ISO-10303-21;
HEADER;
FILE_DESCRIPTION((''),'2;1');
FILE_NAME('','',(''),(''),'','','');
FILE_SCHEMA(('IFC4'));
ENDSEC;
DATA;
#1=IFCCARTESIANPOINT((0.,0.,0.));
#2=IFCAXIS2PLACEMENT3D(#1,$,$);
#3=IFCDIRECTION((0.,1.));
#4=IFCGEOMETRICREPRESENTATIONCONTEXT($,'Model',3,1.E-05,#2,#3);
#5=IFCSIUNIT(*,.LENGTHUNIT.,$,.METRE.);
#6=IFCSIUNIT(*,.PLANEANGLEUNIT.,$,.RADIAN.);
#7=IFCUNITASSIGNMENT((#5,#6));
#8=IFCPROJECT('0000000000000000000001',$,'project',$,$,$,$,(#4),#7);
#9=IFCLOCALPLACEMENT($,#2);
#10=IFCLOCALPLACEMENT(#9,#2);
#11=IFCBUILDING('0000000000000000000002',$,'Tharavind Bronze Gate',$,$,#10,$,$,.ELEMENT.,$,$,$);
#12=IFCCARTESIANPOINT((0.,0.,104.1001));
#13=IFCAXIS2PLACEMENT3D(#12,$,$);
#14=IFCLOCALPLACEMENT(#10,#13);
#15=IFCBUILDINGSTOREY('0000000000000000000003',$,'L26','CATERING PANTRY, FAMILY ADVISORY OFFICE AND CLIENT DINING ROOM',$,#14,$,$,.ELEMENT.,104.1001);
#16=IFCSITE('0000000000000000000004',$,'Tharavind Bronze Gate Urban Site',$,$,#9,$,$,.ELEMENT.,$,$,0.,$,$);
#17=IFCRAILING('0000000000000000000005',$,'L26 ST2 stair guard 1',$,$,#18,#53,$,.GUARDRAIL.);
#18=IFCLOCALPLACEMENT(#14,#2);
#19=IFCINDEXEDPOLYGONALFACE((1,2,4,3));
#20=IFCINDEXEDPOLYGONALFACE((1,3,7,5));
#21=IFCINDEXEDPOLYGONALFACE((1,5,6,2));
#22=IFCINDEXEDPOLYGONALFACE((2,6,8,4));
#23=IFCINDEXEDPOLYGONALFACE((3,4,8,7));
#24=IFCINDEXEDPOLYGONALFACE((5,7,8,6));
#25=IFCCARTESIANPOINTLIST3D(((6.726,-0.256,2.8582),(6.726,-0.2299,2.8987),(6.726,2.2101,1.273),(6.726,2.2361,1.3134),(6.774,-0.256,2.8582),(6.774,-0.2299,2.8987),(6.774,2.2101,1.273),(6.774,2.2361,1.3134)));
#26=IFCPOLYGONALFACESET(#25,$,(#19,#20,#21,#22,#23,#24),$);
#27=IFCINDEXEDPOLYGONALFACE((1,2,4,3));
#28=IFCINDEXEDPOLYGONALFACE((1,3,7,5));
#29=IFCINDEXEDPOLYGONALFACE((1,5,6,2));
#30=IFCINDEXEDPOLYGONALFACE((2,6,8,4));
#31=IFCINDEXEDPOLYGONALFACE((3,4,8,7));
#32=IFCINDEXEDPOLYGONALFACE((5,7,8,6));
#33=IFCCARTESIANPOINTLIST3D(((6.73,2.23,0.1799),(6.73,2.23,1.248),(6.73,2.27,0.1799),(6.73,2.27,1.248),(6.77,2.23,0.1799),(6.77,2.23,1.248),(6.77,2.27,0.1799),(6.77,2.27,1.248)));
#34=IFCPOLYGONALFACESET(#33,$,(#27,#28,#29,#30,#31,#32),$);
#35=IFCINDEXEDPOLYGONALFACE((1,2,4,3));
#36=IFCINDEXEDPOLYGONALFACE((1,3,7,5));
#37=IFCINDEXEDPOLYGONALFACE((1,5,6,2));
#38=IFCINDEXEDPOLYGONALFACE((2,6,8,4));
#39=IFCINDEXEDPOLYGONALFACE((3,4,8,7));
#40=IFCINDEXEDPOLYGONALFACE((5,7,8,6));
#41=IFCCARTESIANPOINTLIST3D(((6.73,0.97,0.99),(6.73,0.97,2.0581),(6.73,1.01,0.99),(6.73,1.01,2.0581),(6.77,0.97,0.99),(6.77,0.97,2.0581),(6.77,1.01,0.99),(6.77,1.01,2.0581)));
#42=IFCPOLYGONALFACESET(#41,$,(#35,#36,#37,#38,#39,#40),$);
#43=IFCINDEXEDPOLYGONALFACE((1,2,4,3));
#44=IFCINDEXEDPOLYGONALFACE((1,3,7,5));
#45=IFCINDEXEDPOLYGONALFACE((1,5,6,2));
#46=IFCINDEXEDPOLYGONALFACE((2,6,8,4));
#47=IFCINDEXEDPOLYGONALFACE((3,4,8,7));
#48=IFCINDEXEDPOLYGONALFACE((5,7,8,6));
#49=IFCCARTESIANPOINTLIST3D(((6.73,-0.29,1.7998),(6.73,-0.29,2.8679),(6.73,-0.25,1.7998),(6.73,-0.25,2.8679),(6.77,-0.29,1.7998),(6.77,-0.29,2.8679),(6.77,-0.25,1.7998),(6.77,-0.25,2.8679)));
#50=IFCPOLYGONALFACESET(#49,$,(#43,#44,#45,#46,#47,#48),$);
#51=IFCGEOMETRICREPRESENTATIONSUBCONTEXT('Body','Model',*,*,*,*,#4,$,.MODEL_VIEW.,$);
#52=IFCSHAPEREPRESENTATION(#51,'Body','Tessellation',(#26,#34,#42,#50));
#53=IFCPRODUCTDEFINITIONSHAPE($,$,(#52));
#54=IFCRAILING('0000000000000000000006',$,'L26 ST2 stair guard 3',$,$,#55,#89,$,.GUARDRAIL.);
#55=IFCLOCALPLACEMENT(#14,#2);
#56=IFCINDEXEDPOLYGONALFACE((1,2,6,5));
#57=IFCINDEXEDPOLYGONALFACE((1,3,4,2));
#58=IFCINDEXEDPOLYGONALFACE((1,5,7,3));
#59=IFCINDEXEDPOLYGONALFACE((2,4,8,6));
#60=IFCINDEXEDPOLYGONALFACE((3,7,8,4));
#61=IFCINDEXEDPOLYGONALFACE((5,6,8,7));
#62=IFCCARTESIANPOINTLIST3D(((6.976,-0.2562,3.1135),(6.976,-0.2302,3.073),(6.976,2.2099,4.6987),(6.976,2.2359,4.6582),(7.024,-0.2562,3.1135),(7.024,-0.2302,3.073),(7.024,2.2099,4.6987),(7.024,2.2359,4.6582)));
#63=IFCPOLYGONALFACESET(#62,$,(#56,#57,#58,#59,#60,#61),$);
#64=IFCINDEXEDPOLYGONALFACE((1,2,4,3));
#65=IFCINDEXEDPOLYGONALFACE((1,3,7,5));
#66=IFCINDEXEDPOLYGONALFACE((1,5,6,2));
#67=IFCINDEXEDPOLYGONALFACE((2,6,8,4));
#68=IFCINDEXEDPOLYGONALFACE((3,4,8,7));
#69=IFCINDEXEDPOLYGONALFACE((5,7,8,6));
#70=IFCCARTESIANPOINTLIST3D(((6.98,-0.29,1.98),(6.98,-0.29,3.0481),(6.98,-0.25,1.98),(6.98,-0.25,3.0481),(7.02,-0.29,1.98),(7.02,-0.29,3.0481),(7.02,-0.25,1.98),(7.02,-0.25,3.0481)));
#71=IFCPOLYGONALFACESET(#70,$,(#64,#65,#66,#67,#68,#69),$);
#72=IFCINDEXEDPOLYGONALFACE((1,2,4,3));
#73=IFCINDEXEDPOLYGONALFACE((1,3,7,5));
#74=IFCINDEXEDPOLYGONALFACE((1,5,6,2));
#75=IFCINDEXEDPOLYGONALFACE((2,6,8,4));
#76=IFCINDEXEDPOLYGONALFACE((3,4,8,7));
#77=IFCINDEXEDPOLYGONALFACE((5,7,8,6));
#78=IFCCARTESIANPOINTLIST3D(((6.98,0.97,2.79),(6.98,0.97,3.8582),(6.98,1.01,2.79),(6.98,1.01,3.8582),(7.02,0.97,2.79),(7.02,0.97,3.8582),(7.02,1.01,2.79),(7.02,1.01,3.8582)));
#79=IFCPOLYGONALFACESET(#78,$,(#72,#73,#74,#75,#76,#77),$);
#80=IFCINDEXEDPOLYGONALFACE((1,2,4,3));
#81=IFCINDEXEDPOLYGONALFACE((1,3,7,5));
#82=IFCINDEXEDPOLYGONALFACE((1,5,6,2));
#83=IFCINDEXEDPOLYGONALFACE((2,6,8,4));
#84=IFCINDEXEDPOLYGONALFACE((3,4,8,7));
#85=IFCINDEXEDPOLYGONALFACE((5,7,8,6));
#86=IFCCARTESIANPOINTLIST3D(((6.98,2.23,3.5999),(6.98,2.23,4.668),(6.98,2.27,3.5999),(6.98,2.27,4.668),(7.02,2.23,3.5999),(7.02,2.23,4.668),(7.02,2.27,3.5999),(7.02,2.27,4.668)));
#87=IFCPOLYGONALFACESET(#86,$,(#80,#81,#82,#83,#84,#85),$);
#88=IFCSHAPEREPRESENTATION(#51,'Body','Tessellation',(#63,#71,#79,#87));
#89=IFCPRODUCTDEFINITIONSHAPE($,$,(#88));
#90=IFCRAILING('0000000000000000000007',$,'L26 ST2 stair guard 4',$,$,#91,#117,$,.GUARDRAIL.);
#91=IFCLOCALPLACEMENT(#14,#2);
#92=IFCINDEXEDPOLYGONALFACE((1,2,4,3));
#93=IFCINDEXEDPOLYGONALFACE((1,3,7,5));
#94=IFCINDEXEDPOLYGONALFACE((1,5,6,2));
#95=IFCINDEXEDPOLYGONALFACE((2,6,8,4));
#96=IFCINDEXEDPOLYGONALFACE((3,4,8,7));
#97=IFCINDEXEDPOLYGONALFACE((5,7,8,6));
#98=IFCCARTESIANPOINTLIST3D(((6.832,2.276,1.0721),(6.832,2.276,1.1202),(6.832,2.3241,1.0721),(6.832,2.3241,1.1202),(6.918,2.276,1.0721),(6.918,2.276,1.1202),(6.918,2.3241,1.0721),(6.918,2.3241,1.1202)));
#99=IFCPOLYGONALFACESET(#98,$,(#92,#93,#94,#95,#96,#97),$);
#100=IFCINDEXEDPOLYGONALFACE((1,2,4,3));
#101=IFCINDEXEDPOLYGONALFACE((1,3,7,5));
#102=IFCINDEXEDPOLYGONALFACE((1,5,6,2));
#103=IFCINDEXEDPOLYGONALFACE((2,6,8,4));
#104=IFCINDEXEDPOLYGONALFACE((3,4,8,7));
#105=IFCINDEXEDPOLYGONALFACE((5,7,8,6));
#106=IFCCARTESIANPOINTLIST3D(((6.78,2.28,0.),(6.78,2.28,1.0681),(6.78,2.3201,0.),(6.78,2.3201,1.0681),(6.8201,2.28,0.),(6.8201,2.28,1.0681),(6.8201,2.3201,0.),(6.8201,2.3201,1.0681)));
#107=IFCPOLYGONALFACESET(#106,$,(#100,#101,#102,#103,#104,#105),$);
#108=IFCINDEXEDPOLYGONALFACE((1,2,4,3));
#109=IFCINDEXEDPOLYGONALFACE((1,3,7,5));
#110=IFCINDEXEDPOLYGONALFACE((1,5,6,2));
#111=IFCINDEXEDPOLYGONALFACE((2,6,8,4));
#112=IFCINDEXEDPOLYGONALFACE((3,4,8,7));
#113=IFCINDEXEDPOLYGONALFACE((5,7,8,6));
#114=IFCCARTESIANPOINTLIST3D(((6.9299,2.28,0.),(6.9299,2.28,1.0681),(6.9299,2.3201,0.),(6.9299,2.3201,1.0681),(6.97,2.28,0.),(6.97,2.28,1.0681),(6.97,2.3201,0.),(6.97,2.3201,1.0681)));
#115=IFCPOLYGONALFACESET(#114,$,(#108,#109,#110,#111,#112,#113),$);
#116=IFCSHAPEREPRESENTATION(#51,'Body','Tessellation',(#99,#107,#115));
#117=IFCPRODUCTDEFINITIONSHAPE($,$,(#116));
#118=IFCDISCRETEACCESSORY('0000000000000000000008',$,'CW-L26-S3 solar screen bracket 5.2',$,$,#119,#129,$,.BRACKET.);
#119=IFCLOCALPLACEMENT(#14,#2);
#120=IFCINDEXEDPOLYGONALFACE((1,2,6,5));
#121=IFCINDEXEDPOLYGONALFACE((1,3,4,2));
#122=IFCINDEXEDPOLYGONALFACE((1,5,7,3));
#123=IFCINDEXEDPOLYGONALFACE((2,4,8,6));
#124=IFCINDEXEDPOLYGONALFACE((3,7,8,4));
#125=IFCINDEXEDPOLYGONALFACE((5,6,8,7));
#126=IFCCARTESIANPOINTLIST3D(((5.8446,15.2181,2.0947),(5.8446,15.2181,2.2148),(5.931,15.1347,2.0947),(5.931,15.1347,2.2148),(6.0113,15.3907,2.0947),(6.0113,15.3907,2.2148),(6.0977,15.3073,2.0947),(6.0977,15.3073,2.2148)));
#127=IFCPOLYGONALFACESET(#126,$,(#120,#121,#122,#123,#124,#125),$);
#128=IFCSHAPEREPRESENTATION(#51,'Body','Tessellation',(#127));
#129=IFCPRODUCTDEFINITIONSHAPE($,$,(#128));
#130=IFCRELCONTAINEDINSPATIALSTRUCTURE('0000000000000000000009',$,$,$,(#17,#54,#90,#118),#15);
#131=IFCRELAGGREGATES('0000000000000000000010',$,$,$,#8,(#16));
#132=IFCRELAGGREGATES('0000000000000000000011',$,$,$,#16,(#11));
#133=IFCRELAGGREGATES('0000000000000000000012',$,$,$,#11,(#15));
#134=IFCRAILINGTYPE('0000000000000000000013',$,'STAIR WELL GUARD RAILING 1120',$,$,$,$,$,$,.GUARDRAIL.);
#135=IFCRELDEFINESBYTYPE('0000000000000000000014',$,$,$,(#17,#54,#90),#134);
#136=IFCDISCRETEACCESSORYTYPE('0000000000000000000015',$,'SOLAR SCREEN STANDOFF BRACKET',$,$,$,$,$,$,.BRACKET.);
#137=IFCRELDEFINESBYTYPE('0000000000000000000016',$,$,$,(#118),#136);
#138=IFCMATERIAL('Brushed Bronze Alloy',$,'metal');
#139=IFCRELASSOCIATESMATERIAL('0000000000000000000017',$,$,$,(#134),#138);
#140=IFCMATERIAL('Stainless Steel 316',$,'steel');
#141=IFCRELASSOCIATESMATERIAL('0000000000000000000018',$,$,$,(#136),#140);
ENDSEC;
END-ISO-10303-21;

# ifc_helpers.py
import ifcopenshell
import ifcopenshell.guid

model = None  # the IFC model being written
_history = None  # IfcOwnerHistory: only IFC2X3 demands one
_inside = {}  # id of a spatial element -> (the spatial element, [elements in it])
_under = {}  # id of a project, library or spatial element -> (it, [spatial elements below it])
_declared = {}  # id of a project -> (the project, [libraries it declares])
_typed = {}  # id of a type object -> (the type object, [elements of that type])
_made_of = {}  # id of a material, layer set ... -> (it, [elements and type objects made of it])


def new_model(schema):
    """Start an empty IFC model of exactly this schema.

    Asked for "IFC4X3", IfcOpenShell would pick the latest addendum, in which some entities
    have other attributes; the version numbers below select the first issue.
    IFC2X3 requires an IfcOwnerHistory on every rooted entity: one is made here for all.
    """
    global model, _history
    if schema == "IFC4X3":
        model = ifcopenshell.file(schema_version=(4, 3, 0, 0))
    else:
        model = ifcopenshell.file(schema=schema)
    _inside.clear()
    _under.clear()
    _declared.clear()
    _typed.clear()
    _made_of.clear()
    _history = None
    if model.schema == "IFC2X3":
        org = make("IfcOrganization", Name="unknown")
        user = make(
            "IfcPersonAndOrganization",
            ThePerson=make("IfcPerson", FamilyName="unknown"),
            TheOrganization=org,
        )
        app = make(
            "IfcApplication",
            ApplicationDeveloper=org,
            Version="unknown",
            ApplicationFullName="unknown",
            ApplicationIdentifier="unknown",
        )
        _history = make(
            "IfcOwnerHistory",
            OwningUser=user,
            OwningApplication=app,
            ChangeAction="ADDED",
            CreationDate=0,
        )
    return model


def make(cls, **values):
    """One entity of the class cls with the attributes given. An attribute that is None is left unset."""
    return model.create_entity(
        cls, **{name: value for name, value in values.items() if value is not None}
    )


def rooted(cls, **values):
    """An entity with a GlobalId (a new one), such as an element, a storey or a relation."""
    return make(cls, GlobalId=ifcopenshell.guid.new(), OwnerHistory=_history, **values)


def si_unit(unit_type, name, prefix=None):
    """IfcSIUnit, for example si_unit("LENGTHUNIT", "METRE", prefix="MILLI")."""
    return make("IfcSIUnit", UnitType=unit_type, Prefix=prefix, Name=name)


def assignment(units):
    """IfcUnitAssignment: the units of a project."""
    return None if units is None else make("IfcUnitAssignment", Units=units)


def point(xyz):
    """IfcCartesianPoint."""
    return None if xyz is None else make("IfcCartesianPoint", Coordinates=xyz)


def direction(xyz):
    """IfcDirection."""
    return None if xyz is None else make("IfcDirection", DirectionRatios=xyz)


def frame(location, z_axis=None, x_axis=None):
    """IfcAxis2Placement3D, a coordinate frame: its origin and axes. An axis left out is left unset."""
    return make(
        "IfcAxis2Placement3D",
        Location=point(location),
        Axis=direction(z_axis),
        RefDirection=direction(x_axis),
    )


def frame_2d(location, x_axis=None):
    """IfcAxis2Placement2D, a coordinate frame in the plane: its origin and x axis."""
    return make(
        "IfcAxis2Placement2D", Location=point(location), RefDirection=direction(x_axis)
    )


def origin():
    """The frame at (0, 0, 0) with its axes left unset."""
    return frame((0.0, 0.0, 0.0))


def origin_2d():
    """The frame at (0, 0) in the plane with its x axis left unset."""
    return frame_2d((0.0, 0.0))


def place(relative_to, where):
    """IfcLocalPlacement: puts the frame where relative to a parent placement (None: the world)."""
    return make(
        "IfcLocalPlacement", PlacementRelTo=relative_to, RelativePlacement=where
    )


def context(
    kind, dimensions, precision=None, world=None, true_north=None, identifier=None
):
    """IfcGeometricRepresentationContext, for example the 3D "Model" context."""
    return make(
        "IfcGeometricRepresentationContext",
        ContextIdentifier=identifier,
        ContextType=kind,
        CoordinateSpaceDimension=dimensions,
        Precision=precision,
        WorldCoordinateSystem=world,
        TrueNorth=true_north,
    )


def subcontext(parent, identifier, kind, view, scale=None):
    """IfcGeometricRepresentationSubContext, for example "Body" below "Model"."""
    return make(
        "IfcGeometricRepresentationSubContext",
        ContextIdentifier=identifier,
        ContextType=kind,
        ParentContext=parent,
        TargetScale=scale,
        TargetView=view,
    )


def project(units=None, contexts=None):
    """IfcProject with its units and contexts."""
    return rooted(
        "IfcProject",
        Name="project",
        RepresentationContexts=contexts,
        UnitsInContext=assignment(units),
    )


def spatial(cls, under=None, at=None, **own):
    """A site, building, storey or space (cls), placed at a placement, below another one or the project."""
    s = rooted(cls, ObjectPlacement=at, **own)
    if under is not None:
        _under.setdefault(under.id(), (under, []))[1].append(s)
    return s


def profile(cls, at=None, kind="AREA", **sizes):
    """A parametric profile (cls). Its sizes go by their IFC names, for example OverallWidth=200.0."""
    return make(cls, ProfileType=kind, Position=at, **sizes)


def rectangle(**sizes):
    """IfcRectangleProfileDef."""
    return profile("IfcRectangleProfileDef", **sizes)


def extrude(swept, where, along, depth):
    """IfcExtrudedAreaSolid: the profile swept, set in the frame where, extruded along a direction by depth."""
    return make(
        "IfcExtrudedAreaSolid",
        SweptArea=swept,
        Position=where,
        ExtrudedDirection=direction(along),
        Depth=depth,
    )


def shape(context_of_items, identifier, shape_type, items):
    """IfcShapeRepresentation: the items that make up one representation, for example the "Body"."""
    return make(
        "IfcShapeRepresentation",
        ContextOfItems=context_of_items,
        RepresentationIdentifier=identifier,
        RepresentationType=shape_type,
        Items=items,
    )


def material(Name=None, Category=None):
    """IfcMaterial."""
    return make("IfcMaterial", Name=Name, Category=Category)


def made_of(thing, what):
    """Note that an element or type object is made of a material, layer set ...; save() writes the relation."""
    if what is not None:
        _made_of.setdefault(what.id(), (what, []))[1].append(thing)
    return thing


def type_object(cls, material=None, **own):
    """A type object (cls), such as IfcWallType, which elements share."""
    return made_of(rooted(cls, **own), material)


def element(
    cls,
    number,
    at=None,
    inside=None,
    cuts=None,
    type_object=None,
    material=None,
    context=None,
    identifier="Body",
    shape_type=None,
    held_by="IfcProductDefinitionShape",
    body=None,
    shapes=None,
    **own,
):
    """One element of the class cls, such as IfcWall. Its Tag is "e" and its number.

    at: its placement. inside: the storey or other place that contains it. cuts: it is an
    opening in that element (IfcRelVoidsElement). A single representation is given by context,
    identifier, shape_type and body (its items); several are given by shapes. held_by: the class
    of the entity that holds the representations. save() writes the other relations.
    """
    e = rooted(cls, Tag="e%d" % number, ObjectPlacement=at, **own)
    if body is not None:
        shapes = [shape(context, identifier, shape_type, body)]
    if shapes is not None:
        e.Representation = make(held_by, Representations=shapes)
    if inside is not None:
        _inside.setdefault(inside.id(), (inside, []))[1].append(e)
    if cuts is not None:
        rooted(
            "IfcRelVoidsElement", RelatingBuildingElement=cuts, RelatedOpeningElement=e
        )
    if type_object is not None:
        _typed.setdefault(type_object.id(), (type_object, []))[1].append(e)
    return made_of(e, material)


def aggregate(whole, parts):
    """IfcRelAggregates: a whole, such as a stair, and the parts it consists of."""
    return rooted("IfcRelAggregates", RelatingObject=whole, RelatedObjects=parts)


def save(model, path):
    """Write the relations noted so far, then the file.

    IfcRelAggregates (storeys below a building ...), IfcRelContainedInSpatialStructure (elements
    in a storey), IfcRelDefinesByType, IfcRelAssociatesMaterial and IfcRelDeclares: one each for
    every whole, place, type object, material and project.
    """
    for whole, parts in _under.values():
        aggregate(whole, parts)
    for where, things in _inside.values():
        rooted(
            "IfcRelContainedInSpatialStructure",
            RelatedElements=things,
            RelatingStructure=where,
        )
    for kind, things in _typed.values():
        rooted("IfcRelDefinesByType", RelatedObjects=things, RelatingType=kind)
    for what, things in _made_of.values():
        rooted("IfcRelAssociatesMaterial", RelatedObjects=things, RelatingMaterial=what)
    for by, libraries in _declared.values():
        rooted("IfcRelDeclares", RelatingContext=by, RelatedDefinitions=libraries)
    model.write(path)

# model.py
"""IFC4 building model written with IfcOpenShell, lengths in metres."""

from ifc_helpers import new_model, si_unit, direction, frame, origin, origin_2d, place, context, subcontext, project, spatial, rectangle, extrude, material, type_object, element, save


model = new_model("IFC4")

# Units and contexts
model_context = context("Model", 3, precision=1e-05, world=origin(), true_north=direction((0.0, 1.0)))
body_context = subcontext(model_context, "Body", "Model", "MODEL_VIEW")
ifc_project = project(units=[si_unit("LENGTHUNIT", "METRE"), si_unit("PLANEANGLEUNIT", "RADIAN")], contexts=[model_context])

# Site, building, storey
site_placement = place(None, origin())
site = spatial("IfcSite", under=ifc_project, at=site_placement, Name="Tharavind Bronze Gate Urban Site", CompositionType="ELEMENT", RefElevation=0.0)
building_placement = place(site_placement, origin())
building = spatial("IfcBuilding", under=site, at=building_placement, Name="Tharavind Bronze Gate", CompositionType="ELEMENT")
storey_placement = place(building_placement, frame((0.0, 0.0, 104.1001)))
storey = spatial("IfcBuildingStorey", under=building, at=storey_placement, Name="L26", Description="CATERING PANTRY, FAMILY ADVISORY OFFICE AND CLIENT DINING ROOM", CompositionType="ELEMENT", Elevation=104.1001)

# Railings
ifc_material_1 = material(Name="Brushed Bronze Alloy", Category="metal")
railing_type_1 = type_object("IfcRailingType", Name="STAIR WELL GUARD RAILING 1120", PredefinedType="GUARDRAIL", material=ifc_material_1)
railing_1_placement = place(storey_placement, frame((6.75, 2.25, 0.1799)))
element("IfcRailing", 1, at=railing_1_placement, inside=storey, type_object=railing_type_1, Name="L26 ST2 stair guard 1", PredefinedType="GUARDRAIL", context=body_context, shape_type="SweptSolid", body=[
    extrude(rectangle(XDim=0.0481, YDim=0.0481, at=origin_2d()), frame((0.0, -0.0269, 1.1133), z_axis=(0.0, -0.8412, 0.540725), x_axis=(1.0, 0.0, 0.0)), (0.0, 0.0, 1.0), 2.9316),
    extrude(rectangle(XDim=0.04, YDim=0.04, at=origin_2d()), origin(), (0.0, 0.0, 1.0), 1.0681),
    extrude(rectangle(XDim=0.04, YDim=0.04, at=origin_2d()), frame((0.0, -1.26, 0.8101)), (0.0, 0.0, 1.0), 1.0681),
    extrude(rectangle(XDim=0.04, YDim=0.04, at=origin_2d()), frame((0.0, -2.52, 1.6199)), (0.0, 0.0, 1.0), 1.0681),
])
railing_2_placement = place(storey_placement, frame((7.0, -0.27, 1.98)))
element("IfcRailing", 2, at=railing_2_placement, inside=storey, type_object=railing_type_1, Name="L26 ST2 stair guard 3", PredefinedType="GUARDRAIL", context=body_context, shape_type="SweptSolid", body=[
    extrude(rectangle(XDim=0.0481, YDim=0.0481, at=origin_2d()), frame((0.0, 0.0269, 1.1133), z_axis=(0.0, 0.8412, 0.540725), x_axis=(-1.0, 0.0, 0.0)), (0.0, 0.0, 1.0), 2.9316),
    extrude(rectangle(XDim=0.04, YDim=0.04, at=origin_2d()), origin(), (0.0, 0.0, 1.0), 1.0681),
    extrude(rectangle(XDim=0.04, YDim=0.04, at=origin_2d()), frame((0.0, 1.26, 0.8101)), (0.0, 0.0, 1.0), 1.0681),
    extrude(rectangle(XDim=0.04, YDim=0.04, at=origin_2d()), frame((0.0, 2.52, 1.6199)), (0.0, 0.0, 1.0), 1.0681),
])
railing_3_placement = place(storey_placement, frame((6.8, 2.3, 0.0)))
element("IfcRailing", 3, at=railing_3_placement, inside=storey, type_object=railing_type_1, Name="L26 ST2 stair guard 4", PredefinedType="GUARDRAIL", context=body_context, shape_type="SweptSolid", body=[
    extrude(rectangle(XDim=0.0481, YDim=0.0481, at=origin_2d()), frame((0.032, 0.0, 1.0962), z_axis=(1.0, 0.0, 0.0), x_axis=(0.0, 1.0, 0.0)), (0.0, 0.0, 1.0), 0.0859),
    extrude(rectangle(XDim=0.04, YDim=0.04, at=origin_2d()), origin(), (0.0, 0.0, 1.0), 1.0681),
    extrude(rectangle(XDim=0.04, YDim=0.04, at=origin_2d()), frame((0.1499, 0.0, 0.0)), (0.0, 0.0, 1.0), 1.0681),
])

# Discrete accessory
ifc_material_2 = material(Name="Stainless Steel 316", Category="steel")
discrete_accessory_type = type_object("IfcDiscreteAccessoryType", Name="SOLAR SCREEN STANDOFF BRACKET", PredefinedType="BRACKET", material=ifc_material_2)
discrete_accessory_placement = place(storey_placement, frame((5.9712, 15.2627, 2.0947), z_axis=(0.0, 0.0, 1.0), x_axis=(-0.719341, 0.694657, 0.0)))
element("IfcDiscreteAccessory", 4, at=discrete_accessory_placement, inside=storey, type_object=discrete_accessory_type, Name="CW-L26-S3 solar screen bracket 5.2", PredefinedType="BRACKET", context=body_context, shape_type="SweptSolid", body=[
    extrude(rectangle(XDim=0.1201, YDim=0.24, at=origin_2d()), origin(), (0.0, 0.0, 1.0), 0.1201),
])

save(model, "model.ifc")
